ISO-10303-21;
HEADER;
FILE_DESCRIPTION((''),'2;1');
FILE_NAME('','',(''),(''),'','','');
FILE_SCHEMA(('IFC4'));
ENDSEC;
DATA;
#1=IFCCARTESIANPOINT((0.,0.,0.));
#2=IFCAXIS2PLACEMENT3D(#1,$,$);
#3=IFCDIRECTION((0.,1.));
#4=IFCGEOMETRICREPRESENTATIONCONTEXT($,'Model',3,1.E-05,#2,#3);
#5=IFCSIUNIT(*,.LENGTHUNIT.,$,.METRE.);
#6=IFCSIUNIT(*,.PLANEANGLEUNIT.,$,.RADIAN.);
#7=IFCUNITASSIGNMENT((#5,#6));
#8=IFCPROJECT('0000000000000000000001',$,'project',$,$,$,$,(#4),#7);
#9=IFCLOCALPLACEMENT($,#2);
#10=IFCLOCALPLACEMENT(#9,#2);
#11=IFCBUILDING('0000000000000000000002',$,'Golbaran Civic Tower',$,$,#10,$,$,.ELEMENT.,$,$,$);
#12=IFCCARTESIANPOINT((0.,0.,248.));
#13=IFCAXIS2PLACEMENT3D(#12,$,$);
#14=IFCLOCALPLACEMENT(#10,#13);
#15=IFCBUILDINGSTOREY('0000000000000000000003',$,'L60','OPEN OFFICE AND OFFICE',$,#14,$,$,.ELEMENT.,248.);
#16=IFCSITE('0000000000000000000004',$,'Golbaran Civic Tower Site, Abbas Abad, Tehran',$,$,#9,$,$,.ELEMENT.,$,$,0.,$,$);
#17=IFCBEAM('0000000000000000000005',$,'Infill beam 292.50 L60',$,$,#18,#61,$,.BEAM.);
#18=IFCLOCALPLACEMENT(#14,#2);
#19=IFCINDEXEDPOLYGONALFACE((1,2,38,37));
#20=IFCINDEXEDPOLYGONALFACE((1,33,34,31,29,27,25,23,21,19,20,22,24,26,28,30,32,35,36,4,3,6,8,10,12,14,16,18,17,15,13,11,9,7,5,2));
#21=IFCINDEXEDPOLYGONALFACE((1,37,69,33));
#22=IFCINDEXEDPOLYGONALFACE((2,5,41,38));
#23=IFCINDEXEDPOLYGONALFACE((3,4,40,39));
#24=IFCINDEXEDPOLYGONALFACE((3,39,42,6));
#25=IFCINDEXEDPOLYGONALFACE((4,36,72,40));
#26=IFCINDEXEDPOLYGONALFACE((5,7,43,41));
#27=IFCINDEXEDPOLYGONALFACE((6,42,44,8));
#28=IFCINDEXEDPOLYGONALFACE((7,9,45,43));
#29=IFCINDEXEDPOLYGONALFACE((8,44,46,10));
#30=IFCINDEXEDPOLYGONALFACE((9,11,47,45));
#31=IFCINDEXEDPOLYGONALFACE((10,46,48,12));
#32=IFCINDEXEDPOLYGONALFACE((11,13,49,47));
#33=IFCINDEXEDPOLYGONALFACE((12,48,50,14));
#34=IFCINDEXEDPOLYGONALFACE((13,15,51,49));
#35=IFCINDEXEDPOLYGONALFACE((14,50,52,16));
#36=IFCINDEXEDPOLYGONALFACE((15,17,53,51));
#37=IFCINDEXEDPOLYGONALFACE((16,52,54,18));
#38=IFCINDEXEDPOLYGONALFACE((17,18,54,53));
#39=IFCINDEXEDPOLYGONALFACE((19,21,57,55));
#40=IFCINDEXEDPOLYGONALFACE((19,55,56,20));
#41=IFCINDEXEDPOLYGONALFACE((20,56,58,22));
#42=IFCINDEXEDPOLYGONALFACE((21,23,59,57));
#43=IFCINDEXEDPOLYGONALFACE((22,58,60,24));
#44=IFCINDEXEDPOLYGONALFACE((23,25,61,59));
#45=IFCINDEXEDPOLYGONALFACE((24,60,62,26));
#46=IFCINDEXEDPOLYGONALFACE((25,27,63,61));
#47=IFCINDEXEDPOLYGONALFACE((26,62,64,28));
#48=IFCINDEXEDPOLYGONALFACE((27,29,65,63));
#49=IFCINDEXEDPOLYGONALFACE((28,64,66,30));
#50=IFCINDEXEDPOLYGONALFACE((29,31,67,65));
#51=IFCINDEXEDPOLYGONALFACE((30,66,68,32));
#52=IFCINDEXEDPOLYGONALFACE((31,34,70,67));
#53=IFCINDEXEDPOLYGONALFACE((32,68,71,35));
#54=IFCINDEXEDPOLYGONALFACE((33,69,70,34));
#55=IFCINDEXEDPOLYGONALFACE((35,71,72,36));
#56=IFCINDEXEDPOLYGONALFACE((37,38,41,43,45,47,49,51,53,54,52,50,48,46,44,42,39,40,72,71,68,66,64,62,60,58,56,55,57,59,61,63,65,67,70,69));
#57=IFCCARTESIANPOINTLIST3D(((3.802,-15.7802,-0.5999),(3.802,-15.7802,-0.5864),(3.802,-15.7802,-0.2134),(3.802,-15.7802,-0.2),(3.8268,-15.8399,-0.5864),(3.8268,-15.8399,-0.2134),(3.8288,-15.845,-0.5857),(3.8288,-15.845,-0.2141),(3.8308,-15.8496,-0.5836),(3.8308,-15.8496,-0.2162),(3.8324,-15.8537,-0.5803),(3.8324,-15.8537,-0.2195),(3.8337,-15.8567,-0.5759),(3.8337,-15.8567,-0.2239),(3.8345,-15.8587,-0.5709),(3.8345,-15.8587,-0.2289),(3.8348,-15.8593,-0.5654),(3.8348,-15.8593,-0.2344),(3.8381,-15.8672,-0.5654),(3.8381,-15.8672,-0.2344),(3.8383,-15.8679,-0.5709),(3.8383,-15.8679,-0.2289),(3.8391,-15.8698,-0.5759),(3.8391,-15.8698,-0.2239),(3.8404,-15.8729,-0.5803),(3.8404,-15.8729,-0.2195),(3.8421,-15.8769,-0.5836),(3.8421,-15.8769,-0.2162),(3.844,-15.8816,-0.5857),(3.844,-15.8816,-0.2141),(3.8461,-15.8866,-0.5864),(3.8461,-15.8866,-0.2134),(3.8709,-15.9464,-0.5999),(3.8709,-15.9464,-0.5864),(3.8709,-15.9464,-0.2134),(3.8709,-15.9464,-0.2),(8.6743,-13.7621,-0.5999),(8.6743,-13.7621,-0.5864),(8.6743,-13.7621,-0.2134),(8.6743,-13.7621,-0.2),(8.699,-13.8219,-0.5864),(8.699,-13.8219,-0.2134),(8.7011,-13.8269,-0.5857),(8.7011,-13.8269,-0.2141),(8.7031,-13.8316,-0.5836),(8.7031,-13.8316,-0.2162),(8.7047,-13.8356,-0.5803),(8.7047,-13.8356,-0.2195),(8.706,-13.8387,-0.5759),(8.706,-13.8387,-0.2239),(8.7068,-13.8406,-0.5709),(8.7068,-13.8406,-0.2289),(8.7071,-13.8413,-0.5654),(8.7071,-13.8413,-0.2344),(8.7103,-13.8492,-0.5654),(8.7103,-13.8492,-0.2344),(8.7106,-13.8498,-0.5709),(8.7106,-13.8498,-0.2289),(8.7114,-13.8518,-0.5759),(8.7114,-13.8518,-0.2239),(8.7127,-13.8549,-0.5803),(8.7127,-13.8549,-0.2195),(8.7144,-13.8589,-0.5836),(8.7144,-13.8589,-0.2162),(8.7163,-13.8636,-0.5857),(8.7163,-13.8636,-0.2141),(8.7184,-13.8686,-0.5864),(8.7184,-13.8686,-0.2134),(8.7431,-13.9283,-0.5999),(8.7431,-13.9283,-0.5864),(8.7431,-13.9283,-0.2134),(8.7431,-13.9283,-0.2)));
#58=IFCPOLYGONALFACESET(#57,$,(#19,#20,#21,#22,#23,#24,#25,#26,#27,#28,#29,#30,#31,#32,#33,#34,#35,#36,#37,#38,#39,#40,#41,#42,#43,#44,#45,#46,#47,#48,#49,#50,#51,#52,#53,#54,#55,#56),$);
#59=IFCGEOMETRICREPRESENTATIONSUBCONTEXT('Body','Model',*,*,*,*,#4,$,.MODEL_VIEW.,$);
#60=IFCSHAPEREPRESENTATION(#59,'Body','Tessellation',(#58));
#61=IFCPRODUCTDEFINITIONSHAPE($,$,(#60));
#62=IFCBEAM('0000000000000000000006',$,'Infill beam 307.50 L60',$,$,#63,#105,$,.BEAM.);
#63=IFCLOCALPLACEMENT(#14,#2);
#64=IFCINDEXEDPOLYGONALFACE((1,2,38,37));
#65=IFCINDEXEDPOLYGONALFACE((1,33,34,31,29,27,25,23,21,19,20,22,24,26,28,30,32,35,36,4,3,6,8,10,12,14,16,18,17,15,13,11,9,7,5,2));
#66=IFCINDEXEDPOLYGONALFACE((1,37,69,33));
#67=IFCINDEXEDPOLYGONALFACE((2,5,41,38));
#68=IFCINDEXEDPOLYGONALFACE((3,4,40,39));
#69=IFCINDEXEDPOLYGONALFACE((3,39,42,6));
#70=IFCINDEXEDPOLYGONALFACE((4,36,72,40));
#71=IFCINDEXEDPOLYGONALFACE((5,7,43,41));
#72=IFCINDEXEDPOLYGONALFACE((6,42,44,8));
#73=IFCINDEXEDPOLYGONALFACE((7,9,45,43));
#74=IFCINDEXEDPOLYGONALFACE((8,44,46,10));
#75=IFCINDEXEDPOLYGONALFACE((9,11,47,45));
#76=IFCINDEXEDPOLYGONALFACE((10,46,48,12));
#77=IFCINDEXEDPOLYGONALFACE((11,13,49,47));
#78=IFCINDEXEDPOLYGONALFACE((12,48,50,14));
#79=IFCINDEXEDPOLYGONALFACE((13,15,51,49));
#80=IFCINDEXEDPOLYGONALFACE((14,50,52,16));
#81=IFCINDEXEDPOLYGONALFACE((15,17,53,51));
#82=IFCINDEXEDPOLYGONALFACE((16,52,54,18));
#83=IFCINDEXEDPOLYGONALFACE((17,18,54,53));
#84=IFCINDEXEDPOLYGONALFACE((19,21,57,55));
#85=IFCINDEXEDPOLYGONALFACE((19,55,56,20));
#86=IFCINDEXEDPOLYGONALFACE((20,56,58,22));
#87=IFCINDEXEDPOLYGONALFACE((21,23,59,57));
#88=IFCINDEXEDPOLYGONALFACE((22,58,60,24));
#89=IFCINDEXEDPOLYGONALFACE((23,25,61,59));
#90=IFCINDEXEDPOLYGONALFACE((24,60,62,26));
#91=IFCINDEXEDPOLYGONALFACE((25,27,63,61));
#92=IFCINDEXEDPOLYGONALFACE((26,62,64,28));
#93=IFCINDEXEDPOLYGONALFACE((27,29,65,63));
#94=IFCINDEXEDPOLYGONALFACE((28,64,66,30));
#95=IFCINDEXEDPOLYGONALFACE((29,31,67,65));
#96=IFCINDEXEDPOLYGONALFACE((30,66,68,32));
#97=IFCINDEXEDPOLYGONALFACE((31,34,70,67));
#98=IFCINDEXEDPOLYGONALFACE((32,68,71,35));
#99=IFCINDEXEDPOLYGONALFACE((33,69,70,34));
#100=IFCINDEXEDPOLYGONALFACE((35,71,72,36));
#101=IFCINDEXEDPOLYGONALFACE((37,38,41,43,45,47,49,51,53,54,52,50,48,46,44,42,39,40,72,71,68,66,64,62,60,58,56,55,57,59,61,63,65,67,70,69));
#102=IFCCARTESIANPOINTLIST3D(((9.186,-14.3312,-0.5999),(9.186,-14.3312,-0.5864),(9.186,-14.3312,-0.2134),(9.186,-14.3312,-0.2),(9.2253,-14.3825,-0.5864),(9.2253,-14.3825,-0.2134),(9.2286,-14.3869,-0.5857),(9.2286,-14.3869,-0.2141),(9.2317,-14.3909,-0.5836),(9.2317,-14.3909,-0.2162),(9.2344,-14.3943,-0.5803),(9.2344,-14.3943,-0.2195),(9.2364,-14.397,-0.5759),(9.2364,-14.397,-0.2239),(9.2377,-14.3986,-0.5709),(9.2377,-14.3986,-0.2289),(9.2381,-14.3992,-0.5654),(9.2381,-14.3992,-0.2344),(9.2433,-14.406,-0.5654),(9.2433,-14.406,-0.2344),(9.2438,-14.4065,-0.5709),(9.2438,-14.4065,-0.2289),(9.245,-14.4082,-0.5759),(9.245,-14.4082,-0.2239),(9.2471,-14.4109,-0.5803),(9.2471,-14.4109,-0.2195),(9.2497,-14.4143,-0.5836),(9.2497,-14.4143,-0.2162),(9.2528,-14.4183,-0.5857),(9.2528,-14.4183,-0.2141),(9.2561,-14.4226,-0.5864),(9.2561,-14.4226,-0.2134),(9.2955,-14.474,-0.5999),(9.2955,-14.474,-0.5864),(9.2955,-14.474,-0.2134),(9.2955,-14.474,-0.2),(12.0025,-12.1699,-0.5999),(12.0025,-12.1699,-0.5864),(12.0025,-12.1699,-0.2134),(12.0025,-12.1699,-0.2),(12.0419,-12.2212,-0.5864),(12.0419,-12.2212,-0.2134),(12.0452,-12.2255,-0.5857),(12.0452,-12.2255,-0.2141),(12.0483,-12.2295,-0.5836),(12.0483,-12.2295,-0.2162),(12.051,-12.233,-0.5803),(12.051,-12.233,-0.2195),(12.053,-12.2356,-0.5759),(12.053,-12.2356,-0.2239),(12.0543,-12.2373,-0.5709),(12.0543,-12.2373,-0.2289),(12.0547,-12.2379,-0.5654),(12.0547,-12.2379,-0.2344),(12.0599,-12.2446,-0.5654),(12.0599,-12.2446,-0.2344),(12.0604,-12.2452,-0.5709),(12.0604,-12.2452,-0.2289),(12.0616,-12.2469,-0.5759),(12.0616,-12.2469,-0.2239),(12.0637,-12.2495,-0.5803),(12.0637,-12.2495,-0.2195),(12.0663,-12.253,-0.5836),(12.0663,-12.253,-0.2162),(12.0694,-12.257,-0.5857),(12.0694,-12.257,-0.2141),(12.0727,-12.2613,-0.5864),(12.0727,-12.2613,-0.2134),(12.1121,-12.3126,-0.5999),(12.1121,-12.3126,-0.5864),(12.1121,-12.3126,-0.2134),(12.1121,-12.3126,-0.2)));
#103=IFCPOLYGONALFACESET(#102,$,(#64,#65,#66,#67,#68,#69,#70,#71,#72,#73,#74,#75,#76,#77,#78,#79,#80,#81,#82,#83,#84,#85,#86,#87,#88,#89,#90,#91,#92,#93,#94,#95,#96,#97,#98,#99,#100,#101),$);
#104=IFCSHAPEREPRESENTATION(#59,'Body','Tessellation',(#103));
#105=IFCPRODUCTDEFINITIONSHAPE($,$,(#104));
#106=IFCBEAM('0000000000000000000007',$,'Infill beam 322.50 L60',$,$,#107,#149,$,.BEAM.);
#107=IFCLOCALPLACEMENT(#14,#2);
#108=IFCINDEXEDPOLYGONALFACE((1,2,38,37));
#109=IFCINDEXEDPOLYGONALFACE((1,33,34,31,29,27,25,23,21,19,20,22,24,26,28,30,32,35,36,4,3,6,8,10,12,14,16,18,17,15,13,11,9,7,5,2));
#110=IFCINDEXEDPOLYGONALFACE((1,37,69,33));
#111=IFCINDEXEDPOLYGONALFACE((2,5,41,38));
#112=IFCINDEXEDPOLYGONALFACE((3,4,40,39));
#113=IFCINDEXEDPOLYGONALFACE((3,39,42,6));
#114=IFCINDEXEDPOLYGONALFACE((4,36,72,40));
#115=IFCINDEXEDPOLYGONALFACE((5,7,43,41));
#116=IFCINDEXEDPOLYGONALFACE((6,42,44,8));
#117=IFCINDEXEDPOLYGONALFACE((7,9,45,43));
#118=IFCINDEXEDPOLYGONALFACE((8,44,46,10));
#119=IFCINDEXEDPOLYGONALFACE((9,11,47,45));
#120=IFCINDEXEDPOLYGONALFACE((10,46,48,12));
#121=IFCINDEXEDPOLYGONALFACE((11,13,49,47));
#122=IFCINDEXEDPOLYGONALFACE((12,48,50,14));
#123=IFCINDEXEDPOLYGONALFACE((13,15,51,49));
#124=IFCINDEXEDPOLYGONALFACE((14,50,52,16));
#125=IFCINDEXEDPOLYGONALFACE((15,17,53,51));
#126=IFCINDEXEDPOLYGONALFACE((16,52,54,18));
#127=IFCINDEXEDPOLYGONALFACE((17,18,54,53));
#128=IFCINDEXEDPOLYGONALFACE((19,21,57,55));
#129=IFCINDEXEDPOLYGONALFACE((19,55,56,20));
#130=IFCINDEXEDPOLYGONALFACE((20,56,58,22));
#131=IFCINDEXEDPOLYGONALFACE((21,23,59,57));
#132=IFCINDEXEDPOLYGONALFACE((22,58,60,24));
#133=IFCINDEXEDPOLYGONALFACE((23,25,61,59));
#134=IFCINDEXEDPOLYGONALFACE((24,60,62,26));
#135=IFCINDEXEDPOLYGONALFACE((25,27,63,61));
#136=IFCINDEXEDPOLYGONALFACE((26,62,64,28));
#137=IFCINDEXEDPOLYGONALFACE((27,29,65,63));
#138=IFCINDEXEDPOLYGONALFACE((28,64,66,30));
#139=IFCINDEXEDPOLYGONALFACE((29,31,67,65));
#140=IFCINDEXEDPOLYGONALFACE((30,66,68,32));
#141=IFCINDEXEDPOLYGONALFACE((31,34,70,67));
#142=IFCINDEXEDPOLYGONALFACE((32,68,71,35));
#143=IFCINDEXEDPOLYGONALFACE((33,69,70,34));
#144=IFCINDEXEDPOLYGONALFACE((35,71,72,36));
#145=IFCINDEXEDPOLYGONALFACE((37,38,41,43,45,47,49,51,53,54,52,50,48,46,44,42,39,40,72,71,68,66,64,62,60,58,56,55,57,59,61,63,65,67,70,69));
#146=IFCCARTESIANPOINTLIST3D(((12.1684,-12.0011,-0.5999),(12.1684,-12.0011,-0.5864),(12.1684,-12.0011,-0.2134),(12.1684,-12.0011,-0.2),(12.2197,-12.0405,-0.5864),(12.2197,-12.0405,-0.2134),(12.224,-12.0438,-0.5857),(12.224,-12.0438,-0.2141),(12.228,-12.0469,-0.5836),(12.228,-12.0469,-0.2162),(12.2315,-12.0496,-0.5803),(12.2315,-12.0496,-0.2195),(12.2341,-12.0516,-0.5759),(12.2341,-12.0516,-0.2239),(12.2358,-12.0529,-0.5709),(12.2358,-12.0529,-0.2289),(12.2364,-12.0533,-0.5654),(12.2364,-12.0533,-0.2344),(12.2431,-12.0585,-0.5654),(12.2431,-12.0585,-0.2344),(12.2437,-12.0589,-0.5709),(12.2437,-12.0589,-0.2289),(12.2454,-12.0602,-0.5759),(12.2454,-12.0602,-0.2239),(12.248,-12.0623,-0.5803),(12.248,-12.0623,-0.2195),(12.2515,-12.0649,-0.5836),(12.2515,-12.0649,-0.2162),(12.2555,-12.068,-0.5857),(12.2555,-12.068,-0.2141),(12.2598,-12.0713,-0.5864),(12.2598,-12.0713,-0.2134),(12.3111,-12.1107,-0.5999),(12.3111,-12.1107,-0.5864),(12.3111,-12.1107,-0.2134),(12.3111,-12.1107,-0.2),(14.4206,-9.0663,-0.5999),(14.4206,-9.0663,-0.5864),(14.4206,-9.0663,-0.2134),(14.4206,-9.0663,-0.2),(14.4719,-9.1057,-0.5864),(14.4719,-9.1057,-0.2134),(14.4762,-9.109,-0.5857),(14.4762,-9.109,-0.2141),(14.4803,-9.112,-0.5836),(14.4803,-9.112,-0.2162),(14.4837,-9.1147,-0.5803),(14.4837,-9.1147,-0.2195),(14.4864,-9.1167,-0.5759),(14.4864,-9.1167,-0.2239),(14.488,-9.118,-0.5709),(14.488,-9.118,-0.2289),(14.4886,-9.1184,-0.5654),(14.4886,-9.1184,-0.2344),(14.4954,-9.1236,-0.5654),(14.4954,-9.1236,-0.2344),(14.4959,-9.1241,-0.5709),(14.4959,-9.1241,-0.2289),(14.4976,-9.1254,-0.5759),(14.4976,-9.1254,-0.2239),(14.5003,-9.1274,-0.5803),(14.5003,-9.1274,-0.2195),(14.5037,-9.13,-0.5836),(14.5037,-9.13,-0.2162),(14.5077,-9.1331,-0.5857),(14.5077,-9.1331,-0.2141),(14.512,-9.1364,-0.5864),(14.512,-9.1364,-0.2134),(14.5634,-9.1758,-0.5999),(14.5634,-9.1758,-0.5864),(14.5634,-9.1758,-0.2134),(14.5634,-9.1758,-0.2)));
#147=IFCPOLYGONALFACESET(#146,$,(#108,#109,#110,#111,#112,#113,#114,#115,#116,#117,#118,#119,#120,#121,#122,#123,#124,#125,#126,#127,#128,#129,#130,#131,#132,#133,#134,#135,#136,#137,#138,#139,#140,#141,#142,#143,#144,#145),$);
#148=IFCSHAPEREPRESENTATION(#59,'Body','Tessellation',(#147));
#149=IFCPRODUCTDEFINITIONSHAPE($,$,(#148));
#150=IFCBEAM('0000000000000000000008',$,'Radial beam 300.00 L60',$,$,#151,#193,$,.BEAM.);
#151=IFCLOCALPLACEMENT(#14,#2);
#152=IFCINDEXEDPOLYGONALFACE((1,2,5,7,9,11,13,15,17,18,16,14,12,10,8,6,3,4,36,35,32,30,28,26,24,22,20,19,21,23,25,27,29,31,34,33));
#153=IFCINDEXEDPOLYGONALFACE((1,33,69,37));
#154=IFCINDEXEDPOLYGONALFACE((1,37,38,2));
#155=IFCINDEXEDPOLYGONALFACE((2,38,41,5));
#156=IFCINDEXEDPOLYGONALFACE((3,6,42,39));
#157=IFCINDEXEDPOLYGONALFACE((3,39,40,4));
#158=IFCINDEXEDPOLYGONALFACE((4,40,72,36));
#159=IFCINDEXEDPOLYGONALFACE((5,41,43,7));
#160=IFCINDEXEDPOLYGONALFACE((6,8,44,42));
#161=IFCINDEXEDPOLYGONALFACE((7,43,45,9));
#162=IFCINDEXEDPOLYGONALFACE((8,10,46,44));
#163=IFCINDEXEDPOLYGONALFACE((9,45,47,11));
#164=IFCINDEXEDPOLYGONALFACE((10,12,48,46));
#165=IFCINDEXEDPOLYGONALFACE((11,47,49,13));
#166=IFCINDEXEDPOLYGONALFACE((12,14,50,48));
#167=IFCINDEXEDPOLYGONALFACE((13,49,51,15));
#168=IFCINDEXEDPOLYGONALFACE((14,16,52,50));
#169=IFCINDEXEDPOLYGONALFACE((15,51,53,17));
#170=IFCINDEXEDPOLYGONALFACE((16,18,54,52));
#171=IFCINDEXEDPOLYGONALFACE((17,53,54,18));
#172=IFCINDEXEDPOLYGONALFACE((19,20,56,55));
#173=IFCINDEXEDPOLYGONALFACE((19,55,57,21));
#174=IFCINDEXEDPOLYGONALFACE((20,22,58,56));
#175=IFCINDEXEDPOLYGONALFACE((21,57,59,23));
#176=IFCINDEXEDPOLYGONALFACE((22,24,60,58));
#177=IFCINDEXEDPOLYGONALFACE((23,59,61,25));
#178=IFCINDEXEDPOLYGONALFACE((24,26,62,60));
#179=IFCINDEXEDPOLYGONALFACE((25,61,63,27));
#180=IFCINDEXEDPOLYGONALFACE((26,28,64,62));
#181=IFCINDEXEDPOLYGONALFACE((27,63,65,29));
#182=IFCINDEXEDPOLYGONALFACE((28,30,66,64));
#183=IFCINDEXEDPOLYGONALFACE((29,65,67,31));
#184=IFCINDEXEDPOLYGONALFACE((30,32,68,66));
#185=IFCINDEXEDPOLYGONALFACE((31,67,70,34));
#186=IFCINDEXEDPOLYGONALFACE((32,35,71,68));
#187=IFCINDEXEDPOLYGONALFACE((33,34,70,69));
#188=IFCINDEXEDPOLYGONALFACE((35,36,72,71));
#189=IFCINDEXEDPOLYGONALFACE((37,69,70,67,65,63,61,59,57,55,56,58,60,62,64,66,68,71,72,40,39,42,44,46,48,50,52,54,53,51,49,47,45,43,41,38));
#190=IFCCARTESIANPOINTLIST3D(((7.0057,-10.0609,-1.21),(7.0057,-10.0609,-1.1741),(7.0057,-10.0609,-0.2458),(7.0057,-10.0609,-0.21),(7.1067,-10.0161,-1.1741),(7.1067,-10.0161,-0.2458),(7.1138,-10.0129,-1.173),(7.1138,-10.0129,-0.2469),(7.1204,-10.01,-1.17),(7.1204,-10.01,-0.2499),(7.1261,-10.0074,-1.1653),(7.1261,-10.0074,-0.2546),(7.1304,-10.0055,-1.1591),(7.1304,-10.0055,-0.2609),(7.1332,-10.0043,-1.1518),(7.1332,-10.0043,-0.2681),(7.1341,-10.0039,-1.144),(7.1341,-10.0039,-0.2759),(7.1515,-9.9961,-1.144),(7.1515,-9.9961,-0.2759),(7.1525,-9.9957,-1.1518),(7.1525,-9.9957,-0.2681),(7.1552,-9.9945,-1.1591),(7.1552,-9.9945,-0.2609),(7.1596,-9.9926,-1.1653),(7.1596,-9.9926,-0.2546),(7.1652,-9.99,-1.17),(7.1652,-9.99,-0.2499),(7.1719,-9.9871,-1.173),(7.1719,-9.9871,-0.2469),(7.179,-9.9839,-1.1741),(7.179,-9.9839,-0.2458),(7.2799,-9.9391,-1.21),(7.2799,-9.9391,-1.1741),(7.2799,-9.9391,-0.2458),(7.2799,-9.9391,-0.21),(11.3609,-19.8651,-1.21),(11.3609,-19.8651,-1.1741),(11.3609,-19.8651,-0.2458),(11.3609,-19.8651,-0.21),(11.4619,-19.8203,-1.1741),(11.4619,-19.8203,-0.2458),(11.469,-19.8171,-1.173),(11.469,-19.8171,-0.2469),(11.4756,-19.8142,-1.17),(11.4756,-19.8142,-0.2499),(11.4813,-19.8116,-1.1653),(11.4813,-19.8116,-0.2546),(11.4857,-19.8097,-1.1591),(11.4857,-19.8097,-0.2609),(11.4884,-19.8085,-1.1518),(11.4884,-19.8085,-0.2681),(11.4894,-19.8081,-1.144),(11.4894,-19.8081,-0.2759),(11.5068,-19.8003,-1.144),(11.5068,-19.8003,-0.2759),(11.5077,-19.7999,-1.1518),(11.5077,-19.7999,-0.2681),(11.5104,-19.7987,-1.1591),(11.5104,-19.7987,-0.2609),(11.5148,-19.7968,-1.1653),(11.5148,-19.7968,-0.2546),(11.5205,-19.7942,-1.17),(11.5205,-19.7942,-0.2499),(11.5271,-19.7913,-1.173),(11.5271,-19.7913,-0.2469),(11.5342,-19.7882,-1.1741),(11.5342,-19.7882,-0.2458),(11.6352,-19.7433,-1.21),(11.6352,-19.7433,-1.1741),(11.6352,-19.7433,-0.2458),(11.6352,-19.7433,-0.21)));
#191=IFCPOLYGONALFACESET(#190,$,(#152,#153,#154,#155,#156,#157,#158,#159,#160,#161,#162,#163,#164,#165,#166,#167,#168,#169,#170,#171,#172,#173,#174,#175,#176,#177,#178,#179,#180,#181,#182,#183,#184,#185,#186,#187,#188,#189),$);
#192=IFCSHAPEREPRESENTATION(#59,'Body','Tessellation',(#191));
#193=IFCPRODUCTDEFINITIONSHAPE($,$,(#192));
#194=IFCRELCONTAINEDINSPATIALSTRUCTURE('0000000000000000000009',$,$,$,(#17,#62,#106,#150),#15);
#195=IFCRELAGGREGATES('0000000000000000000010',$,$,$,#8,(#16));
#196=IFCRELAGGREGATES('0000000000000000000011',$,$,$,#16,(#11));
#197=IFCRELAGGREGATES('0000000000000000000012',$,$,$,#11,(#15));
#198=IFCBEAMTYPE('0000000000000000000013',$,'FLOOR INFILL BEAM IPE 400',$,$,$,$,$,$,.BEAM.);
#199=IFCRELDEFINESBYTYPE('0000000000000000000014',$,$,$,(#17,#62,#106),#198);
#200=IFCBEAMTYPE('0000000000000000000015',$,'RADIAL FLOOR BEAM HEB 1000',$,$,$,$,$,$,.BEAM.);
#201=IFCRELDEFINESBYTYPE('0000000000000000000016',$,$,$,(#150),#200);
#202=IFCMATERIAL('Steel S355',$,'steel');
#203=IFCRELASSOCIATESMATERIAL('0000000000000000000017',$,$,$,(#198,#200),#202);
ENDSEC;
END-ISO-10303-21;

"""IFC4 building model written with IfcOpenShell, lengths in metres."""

from ifc_helpers import new_model, si_unit, direction, frame, origin, origin_2d, place, context, subcontext, project, spatial, i_section, extrude, material, material_profile, profile_set, type_object, element, save


model = new_model("IFC4")

# Units and contexts
model_context = context("Model", 3, precision=1e-05, world=origin(), true_north=direction((0.0, 1.0)))
body_context = subcontext(model_context, "Body", "Model", "MODEL_VIEW")
ifc_project = project(units=[si_unit("LENGTHUNIT", "METRE"), si_unit("PLANEANGLEUNIT", "RADIAN")], contexts=[model_context])

# Site, building, storey
site_placement = place(None, origin())
site = spatial("IfcSite", under=ifc_project, at=site_placement, Name="Golbaran Civic Tower Site, Abbas Abad, Tehran", CompositionType="ELEMENT", RefElevation=0.0)
building_placement = place(site_placement, origin())
building = spatial("IfcBuilding", under=site, at=building_placement, Name="Golbaran Civic Tower", CompositionType="ELEMENT")
storey_placement = place(building_placement, frame((0.0, 0.0, 248.0)))
storey = spatial("IfcBuildingStorey", under=building, at=storey_placement, Name="L60", Description="OPEN OFFICE AND OFFICE", CompositionType="ELEMENT", Elevation=248.0)

# Beams
ifc_material_1 = material(Name="Steel S355", Category="steel")
ifc_material_profile_1 = material_profile(ifc_material_1, i_section(OverallWidth=0.1799, OverallDepth=0.3999, WebThickness=0.0085, FlangeThickness=0.0134, FilletRadius=0.021, at=origin_2d()), Name="IPE 400")
ifc_profile_set_1 = profile_set([ifc_material_profile_1], Name="Steel S355")
beam_type_1 = type_object("IfcBeamType", Name="FLOOR INFILL BEAM IPE 400", PredefinedType="BEAM", material=ifc_profile_set_1)
beam_1_placement = place(storey_placement, frame((3.8364, -15.8633, -0.3999), z_axis=(0.923887, 0.382665, 0.0), x_axis=(-0.382665, 0.923887, 0.0)))
element("IfcBeam", 1, at=beam_1_placement, inside=storey, type_object=beam_type_1, Name="Infill beam 292.50 L60", PredefinedType="BEAM", context=body_context, shape_type="SweptSolid", body=[
    extrude(i_section(OverallWidth=0.1799, OverallDepth=0.3999, WebThickness=0.0085, FlangeThickness=0.0134, FilletRadius=0.021, at=origin_2d()), origin(), (0.0, 0.0, 1.0), 5.2737),
])
beam_2_placement = place(storey_placement, frame((9.2407, -14.4026, -0.3999), z_axis=(0.793342, 0.608777, 0.0), x_axis=(-0.608777, 0.793342, 0.0)))
element("IfcBeam", 2, at=beam_2_placement, inside=storey, type_object=beam_type_1, Name="Infill beam 307.50 L60", PredefinedType="BEAM", context=body_context, shape_type="SweptSolid", body=[
    extrude(i_section(OverallWidth=0.1799, OverallDepth=0.3999, WebThickness=0.0085, FlangeThickness=0.0134, FilletRadius=0.021, at=origin_2d()), origin(), (0.0, 0.0, 1.0), 3.5503),
])
beam_3_placement = place(storey_placement, frame((12.2397, -12.0559, -0.3999), z_axis=(0.608801, 0.793323, 0.0), x_axis=(-0.793323, 0.608801, 0.0)))
element("IfcBeam", 3, at=beam_3_placement, inside=storey, type_object=beam_type_1, Name="Infill beam 322.50 L60", PredefinedType="BEAM", context=body_context, shape_type="SweptSolid", body=[
    extrude(i_section(OverallWidth=0.1799, OverallDepth=0.3999, WebThickness=0.0085, FlangeThickness=0.0134, FilletRadius=0.021, at=origin_2d()), origin(), (0.0, 0.0, 1.0), 3.6995),
])
ifc_material_profile_2 = material_profile(ifc_material_1, i_section(OverallWidth=0.3, OverallDepth=1.0, WebThickness=0.019, FlangeThickness=0.0359, FilletRadius=0.03, at=origin_2d()), Name="HEB 1000")
ifc_profile_set_2 = profile_set([ifc_material_profile_2], Name="Steel S355")
beam_type_2 = type_object("IfcBeamType", Name="RADIAL FLOOR BEAM HEB 1000", PredefinedType="BEAM", material=ifc_profile_set_2)
beam_4_placement = place(storey_placement, frame((7.1428, -10.0, -0.71), z_axis=(0.405967, -0.913888, 0.0), x_axis=(0.913888, 0.405967, 0.0)))
element("IfcBeam", 4, at=beam_4_placement, inside=storey, type_object=beam_type_2, Name="Radial beam 300.00 L60", PredefinedType="BEAM", context=body_context, shape_type="SweptSolid", body=[
    extrude(i_section(OverallWidth=0.3, OverallDepth=1.0, WebThickness=0.019, FlangeThickness=0.0359, FilletRadius=0.03, at=origin_2d()), origin(), (0.0, 0.0, 1.0), 10.728),
])

save(model, "model.ifc")
